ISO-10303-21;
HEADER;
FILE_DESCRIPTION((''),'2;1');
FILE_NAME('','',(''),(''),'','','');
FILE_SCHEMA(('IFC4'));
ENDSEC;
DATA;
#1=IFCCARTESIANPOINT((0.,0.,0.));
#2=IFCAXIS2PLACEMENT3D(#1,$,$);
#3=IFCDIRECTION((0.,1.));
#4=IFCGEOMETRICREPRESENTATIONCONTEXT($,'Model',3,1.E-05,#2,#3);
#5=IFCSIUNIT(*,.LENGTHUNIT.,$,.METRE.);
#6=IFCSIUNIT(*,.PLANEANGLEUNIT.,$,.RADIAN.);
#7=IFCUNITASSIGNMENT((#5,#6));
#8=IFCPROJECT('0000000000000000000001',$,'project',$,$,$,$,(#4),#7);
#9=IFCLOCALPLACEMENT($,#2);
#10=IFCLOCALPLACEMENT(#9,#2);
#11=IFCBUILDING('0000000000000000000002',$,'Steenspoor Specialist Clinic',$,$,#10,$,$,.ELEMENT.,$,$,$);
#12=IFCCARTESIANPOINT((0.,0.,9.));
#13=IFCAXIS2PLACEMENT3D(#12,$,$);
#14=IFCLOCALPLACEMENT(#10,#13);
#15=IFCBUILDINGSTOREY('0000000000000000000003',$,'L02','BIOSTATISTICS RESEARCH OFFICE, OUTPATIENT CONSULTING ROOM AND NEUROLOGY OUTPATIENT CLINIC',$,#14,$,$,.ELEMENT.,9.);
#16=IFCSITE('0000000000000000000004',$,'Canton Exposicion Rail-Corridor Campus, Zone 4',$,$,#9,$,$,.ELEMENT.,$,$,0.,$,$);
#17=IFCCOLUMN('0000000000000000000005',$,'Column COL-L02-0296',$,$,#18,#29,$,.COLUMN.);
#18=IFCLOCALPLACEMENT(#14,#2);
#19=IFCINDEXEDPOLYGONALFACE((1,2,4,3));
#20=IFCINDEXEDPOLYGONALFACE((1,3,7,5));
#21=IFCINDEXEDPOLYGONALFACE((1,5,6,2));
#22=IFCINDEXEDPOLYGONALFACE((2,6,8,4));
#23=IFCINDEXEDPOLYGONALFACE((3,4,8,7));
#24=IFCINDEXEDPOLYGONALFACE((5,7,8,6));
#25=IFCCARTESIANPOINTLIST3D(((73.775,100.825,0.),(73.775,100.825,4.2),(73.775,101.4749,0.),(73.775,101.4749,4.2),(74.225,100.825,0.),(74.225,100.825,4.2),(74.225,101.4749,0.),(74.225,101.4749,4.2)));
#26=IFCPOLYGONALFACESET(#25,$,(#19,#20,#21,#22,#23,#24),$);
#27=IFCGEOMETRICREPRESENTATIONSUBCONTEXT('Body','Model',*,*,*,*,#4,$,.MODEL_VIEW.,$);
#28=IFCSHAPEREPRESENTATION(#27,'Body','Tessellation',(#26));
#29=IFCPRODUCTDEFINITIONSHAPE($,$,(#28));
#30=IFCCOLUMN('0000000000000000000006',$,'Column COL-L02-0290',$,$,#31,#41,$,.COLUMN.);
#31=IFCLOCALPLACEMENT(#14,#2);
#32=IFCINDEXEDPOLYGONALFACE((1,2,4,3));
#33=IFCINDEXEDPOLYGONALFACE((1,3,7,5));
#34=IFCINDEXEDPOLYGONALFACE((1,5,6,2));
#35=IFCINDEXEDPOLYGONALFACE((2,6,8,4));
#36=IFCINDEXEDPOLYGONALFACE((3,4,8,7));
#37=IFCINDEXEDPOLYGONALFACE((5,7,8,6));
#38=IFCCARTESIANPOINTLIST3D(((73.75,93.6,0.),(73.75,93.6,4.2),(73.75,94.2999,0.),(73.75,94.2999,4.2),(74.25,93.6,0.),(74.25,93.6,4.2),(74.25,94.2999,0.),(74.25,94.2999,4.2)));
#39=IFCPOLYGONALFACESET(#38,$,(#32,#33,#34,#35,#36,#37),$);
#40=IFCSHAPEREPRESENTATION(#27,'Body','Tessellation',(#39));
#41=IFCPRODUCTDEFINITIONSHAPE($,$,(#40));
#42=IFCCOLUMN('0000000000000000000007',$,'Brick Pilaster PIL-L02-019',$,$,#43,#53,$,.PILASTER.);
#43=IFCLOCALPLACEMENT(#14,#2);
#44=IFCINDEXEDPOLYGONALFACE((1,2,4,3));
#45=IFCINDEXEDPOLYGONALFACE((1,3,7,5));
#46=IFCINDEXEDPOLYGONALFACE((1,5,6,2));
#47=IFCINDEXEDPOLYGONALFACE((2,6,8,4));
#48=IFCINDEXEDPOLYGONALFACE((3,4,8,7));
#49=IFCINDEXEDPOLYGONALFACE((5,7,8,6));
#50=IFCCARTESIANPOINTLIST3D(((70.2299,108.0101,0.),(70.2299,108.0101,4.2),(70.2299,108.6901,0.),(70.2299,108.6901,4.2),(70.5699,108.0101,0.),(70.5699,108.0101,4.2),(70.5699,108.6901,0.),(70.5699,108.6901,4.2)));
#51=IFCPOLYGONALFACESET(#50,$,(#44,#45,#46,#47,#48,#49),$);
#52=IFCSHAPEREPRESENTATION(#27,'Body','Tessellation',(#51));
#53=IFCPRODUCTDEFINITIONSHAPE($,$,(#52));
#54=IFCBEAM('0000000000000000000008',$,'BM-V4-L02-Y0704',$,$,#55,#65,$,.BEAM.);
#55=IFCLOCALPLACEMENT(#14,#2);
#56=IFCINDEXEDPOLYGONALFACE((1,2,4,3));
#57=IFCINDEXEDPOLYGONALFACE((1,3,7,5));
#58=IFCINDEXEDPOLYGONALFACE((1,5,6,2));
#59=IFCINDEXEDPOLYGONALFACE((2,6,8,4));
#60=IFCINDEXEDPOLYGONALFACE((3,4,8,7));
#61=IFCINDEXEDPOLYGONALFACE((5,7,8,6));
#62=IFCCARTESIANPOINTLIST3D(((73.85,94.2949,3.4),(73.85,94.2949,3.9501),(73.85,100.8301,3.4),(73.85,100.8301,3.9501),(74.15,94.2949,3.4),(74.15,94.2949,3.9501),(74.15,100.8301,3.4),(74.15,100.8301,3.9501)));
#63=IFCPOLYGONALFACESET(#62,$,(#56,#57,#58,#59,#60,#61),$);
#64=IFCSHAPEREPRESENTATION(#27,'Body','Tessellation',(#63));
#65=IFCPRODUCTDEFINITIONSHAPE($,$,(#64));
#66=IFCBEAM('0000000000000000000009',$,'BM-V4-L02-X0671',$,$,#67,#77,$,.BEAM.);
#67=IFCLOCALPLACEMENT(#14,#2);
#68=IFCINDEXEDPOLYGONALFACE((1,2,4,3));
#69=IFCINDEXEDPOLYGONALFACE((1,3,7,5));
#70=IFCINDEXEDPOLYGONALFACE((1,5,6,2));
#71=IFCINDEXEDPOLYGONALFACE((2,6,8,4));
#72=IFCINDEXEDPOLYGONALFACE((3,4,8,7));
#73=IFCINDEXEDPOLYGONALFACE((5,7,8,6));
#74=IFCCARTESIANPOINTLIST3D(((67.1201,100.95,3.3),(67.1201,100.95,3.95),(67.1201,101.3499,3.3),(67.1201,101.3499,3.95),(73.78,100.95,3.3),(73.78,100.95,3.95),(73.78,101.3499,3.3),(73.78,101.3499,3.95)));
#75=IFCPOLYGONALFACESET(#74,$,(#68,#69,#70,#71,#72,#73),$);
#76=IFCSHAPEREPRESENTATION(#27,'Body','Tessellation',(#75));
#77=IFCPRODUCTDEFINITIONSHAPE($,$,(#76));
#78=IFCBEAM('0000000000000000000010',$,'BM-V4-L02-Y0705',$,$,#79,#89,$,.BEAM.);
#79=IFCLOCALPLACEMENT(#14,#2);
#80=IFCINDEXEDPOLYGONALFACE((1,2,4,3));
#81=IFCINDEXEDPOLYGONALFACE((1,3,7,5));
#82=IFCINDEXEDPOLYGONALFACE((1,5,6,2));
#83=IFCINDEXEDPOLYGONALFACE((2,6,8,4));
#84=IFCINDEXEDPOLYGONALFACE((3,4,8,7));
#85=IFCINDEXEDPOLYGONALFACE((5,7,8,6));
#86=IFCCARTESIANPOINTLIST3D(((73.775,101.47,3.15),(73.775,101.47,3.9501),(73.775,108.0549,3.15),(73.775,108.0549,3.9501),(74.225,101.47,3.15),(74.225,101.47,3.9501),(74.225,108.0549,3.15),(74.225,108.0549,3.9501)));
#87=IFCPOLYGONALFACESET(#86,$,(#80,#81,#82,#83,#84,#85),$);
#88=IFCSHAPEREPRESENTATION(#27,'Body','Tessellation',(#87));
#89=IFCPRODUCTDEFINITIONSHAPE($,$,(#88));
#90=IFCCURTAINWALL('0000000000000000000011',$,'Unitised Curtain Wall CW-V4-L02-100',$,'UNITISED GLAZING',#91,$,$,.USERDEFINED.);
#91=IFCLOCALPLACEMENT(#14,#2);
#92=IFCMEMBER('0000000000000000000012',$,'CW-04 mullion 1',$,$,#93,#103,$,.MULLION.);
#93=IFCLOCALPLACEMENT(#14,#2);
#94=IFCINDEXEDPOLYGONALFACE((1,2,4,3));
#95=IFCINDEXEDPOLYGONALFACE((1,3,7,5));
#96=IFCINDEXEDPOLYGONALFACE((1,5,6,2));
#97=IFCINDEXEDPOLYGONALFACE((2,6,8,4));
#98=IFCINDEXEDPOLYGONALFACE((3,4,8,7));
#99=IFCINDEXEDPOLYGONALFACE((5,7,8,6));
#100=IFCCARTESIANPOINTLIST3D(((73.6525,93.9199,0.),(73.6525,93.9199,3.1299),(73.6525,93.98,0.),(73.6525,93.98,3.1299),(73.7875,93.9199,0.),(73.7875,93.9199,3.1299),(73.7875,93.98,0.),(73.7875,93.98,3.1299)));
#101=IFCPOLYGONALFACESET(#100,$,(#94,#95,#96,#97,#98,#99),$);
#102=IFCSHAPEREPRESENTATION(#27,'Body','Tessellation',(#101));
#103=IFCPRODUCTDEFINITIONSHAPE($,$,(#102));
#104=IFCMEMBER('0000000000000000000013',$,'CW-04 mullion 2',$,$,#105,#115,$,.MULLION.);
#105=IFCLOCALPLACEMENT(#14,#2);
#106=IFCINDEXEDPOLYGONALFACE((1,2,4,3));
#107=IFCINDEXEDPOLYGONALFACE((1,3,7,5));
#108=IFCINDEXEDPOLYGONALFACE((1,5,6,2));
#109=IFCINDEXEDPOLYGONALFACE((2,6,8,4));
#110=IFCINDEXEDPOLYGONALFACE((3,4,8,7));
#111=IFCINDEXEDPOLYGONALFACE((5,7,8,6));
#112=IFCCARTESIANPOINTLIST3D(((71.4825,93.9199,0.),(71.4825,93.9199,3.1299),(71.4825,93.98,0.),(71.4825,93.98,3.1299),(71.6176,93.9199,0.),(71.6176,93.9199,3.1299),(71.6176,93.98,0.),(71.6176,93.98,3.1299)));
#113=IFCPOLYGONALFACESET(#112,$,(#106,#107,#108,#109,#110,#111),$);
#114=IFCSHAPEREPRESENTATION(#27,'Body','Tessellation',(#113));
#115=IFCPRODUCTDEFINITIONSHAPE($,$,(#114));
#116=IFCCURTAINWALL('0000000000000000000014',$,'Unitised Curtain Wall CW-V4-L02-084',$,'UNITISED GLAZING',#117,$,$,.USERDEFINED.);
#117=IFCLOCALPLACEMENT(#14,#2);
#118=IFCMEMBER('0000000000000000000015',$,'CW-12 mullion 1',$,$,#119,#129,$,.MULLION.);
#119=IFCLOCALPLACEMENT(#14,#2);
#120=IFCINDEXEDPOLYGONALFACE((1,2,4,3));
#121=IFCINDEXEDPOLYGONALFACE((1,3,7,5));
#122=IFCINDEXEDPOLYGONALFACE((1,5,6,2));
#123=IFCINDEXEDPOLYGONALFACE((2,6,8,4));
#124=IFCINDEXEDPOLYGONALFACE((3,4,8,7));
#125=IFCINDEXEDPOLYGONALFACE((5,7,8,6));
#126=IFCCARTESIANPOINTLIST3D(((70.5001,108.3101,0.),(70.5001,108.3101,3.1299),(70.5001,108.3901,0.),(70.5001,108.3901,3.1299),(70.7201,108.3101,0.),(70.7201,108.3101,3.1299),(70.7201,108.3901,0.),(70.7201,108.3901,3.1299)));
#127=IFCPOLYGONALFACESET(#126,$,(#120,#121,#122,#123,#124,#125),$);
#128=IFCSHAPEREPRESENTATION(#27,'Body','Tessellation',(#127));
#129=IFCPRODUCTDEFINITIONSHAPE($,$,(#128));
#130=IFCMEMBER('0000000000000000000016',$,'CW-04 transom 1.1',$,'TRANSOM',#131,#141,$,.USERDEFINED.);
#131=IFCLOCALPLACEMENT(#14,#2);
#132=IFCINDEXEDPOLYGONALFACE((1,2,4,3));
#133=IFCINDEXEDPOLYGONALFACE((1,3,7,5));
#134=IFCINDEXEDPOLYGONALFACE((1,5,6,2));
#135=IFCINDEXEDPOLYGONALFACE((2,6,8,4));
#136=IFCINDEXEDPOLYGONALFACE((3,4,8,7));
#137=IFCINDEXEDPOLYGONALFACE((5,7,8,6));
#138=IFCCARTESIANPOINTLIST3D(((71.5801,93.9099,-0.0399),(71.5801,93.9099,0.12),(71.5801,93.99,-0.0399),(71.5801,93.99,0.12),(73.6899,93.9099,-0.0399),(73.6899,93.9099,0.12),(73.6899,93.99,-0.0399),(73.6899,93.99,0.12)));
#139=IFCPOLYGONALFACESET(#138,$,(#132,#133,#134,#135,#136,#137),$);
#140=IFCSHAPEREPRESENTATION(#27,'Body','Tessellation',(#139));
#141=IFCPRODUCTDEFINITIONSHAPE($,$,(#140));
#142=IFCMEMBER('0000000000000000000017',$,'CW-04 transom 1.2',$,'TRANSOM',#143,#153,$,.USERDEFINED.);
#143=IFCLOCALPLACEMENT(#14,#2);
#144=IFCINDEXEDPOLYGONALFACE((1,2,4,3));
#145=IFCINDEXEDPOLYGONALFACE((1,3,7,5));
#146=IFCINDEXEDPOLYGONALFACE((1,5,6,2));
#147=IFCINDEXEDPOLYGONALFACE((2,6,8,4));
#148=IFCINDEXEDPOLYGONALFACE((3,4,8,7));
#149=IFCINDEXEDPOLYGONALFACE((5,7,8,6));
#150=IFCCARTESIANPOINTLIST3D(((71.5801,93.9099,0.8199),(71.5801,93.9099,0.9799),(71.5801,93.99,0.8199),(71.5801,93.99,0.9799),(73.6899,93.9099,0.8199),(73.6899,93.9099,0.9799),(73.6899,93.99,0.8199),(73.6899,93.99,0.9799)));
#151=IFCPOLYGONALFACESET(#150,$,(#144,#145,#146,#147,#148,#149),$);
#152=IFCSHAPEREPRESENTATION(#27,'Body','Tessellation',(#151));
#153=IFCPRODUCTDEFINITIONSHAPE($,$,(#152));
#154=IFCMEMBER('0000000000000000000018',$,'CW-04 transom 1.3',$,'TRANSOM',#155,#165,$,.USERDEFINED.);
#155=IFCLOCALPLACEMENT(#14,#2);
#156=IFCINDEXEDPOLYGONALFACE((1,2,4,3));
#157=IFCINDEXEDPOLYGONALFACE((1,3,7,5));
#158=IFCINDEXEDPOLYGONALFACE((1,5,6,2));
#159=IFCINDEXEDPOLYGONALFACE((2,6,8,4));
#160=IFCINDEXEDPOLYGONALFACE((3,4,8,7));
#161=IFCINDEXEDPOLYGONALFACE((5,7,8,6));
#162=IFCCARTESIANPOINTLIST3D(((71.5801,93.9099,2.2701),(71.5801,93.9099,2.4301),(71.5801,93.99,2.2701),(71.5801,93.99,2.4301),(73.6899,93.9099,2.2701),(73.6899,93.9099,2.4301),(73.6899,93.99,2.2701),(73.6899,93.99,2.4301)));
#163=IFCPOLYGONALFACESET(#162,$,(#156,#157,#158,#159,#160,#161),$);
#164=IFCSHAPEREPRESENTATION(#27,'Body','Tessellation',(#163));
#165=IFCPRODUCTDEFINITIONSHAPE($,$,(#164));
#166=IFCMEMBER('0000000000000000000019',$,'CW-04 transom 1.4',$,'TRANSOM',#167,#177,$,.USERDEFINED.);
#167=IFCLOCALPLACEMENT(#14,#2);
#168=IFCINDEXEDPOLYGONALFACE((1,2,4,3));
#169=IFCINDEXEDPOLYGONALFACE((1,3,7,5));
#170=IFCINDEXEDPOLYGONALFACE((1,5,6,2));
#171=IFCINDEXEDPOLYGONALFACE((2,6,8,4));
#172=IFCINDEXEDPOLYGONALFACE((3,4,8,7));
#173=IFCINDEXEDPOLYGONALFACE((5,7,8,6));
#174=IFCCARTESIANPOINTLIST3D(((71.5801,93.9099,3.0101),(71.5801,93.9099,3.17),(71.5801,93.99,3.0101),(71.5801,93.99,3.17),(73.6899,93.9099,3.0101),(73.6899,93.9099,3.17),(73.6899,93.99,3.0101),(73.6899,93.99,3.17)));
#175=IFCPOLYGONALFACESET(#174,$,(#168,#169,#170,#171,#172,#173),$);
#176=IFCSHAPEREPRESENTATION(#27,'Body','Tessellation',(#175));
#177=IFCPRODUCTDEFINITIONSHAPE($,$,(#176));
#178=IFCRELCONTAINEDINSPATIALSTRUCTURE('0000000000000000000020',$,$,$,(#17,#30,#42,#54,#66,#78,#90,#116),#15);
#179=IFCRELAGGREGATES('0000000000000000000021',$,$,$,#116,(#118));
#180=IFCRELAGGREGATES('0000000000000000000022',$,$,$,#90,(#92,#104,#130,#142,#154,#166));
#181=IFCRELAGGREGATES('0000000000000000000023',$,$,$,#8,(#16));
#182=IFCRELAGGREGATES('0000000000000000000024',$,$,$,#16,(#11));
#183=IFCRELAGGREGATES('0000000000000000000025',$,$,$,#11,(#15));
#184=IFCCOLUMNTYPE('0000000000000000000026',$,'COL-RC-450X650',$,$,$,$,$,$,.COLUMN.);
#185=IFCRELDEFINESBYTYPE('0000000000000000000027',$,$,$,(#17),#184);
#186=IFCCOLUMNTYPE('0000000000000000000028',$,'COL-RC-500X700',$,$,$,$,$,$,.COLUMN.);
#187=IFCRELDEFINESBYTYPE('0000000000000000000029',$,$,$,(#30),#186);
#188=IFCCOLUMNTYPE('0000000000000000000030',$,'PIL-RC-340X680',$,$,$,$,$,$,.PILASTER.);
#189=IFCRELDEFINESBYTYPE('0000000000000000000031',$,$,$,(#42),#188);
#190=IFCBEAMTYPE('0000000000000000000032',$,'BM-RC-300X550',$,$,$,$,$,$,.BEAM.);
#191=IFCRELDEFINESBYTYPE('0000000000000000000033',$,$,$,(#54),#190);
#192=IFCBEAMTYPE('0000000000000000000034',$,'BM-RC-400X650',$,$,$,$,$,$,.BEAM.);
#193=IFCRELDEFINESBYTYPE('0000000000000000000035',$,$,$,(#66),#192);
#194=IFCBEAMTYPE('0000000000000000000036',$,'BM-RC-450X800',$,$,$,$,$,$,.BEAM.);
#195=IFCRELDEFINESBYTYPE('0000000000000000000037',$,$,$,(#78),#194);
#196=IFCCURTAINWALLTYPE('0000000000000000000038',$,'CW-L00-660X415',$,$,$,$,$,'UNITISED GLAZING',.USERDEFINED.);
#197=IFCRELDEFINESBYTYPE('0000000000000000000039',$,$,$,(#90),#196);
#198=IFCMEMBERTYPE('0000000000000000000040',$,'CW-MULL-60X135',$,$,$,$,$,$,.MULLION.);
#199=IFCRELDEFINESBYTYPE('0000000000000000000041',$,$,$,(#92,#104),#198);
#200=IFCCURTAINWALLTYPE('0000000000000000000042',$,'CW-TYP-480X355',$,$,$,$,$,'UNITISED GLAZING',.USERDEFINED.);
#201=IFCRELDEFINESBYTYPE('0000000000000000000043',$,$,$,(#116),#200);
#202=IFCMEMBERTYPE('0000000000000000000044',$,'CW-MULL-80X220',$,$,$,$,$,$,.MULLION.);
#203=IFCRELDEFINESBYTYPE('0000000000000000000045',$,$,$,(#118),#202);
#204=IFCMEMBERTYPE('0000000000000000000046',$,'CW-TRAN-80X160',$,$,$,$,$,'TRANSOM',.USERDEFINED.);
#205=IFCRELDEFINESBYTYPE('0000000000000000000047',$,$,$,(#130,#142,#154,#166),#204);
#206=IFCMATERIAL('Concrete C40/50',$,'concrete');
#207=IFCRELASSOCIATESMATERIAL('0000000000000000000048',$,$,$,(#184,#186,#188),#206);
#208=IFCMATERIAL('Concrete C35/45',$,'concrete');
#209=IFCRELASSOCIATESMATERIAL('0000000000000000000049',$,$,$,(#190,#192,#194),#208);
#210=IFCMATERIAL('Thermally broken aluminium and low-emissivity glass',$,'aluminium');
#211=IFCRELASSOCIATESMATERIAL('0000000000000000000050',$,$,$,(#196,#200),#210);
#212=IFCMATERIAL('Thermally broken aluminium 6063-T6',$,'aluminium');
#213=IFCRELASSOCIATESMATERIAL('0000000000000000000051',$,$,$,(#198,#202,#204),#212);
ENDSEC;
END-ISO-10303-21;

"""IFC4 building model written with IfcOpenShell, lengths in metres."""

from ifc_helpers import new_model, si_unit, direction, frame, origin, origin_2d, place, context, subcontext, project, spatial, rectangle, extrude, material, material_profile, profile_set, type_object, element, aggregate, save


model = new_model("IFC4")

# Units and contexts
model_context = context("Model", 3, precision=1e-05, world=origin(), true_north=direction((0.0, 1.0)))
body_context = subcontext(model_context, "Body", "Model", "MODEL_VIEW")
ifc_project = project(units=[si_unit("LENGTHUNIT", "METRE"), si_unit("PLANEANGLEUNIT", "RADIAN")], contexts=[model_context])

# Site, building, storey
site_placement = place(None, origin())
site = spatial("IfcSite", under=ifc_project, at=site_placement, Name="Canton Exposicion Rail-Corridor Campus, Zone 4", CompositionType="ELEMENT", RefElevation=0.0)
building_placement = place(site_placement, origin())
building = spatial("IfcBuilding", under=site, at=building_placement, Name="Steenspoor Specialist Clinic", CompositionType="ELEMENT")
storey_placement = place(building_placement, frame((0.0, 0.0, 9.0)))
storey = spatial("IfcBuildingStorey", under=building, at=storey_placement, Name="L02", Description="BIOSTATISTICS RESEARCH OFFICE, OUTPATIENT CONSULTING ROOM AND NEUROLOGY OUTPATIENT CLINIC", CompositionType="ELEMENT", Elevation=9.0)

# Columns
ifc_material_1 = material(Name="Concrete C40/50", Category="concrete")
ifc_material_profile_1 = material_profile(ifc_material_1, rectangle(XDim=0.45, YDim=0.6499, at=origin_2d()), Name="RC-COL-450X650")
ifc_profile_set_1 = profile_set([ifc_material_profile_1], Name="Concrete C40/50")
column_type_1 = type_object("IfcColumnType", Name="COL-RC-450X650", PredefinedType="COLUMN", material=ifc_profile_set_1)
column_1_placement = place(storey_placement, frame((74.0, 101.1499, 0.0), z_axis=(0.0, 0.0, 1.0), x_axis=(1.0, 0.0, 0.0)))
element("IfcColumn", 1, at=column_1_placement, inside=storey, type_object=column_type_1, Name="Column COL-L02-0296", PredefinedType="COLUMN", context=body_context, shape_type="SweptSolid", body=[
    extrude(rectangle(XDim=0.45, YDim=0.6499, at=origin_2d()), origin(), (0.0, 0.0, 1.0), 4.2),
])
ifc_material_profile_2 = material_profile(ifc_material_1, rectangle(XDim=0.5, YDim=0.7, at=origin_2d()), Name="RC-COL-500X700")
ifc_profile_set_2 = profile_set([ifc_material_profile_2], Name="Concrete C40/50")
column_type_2 = type_object("IfcColumnType", Name="COL-RC-500X700", PredefinedType="COLUMN", material=ifc_profile_set_2)
column_2_placement = place(storey_placement, frame((74.0, 93.95, 0.0), z_axis=(0.0, 0.0, 1.0), x_axis=(1.0, 0.0, 0.0)))
element("IfcColumn", 2, at=column_2_placement, inside=storey, type_object=column_type_2, Name="Column COL-L02-0290", PredefinedType="COLUMN", context=body_context, shape_type="SweptSolid", body=[
    extrude(rectangle(XDim=0.5, YDim=0.7, at=origin_2d()), origin(), (0.0, 0.0, 1.0), 4.2),
])
ifc_material_profile_3 = material_profile(ifc_material_1, rectangle(XDim=0.3401, YDim=0.6799, at=origin_2d()), Name="RC-PIL-340X680")
ifc_profile_set_3 = profile_set([ifc_material_profile_3], Name="Concrete C40/50")
column_type_3 = type_object("IfcColumnType", Name="PIL-RC-340X680", PredefinedType="PILASTER", material=ifc_profile_set_3)
column_3_placement = place(storey_placement, frame((70.3999, 108.3501, 0.0), z_axis=(0.0, 0.0, 1.0), x_axis=(1.0, 0.0, 0.0)))
element("IfcColumn", 3, at=column_3_placement, inside=storey, type_object=column_type_3, Name="Brick Pilaster PIL-L02-019", PredefinedType="PILASTER", context=body_context, shape_type="SweptSolid", body=[
    extrude(rectangle(XDim=0.3401, YDim=0.6799, at=origin_2d()), origin(), (0.0, 0.0, 1.0), 4.2),
])

# Beams
ifc_material_2 = material(Name="Concrete C35/45", Category="concrete")
ifc_material_profile_4 = material_profile(ifc_material_2, rectangle(XDim=0.3, YDim=0.55, at=origin_2d()), Name="RC-BM-300X550")
ifc_profile_set_4 = profile_set([ifc_material_profile_4], Name="Concrete C35/45")
beam_type_1 = type_object("IfcBeamType", Name="BM-RC-300X550", PredefinedType="BEAM", material=ifc_profile_set_4)
beam_1_placement = place(storey_placement, frame((74.0, 94.2949, 3.675), z_axis=(0.0, 1.0, 0.0), x_axis=(-1.0, 0.0, 0.0)))
element("IfcBeam", 4, at=beam_1_placement, inside=storey, type_object=beam_type_1, Name="BM-V4-L02-Y0704", PredefinedType="BEAM", context=body_context, shape_type="SweptSolid", body=[
    extrude(rectangle(XDim=0.3, YDim=0.55, at=origin_2d()), origin(), (0.0, 0.0, 1.0), 6.5352),
])
ifc_material_profile_5 = material_profile(ifc_material_2, rectangle(XDim=0.3999, YDim=0.6499, at=origin_2d()), Name="RC-BM-400X650")
ifc_profile_set_5 = profile_set([ifc_material_profile_5], Name="Concrete C35/45")
beam_type_2 = type_object("IfcBeamType", Name="BM-RC-400X650", PredefinedType="BEAM", material=ifc_profile_set_5)
beam_2_placement = place(storey_placement, frame((67.1201, 101.1499, 3.625), z_axis=(1.0, 0.0, 0.0), x_axis=(0.0, 1.0, 0.0)))
element("IfcBeam", 5, at=beam_2_placement, inside=storey, type_object=beam_type_2, Name="BM-V4-L02-X0671", PredefinedType="BEAM", context=body_context, shape_type="SweptSolid", body=[
    extrude(rectangle(XDim=0.3999, YDim=0.6499, at=origin_2d()), origin(), (0.0, 0.0, 1.0), 6.6599),
])
ifc_material_profile_6 = material_profile(ifc_material_2, rectangle(XDim=0.45, YDim=0.8, at=origin_2d()), Name="RC-BM-450X800")
ifc_profile_set_6 = profile_set([ifc_material_profile_6], Name="Concrete C35/45")
beam_type_3 = type_object("IfcBeamType", Name="BM-RC-450X800", PredefinedType="BEAM", material=ifc_profile_set_6)
beam_3_placement = place(storey_placement, frame((74.0, 101.47, 3.55), z_axis=(0.0, 1.0, 0.0), x_axis=(-1.0, 0.0, 0.0)))
element("IfcBeam", 6, at=beam_3_placement, inside=storey, type_object=beam_type_3, Name="BM-V4-L02-Y0705", PredefinedType="BEAM", context=body_context, shape_type="SweptSolid", body=[
    extrude(rectangle(XDim=0.45, YDim=0.8, at=origin_2d()), origin(), (0.0, 0.0, 1.0), 6.585),
])

# Curtain wall, members
ifc_material_3 = material(Name="Thermally broken aluminium and low-emissivity glass", Category="aluminium")
curtain_wall_type_1 = type_object("IfcCurtainWallType", Name="CW-L00-660X415", ElementType="UNITISED GLAZING", PredefinedType="USERDEFINED", material=ifc_material_3)
curtain_wall_1_placement = place(storey_placement, origin())
curtain_wall_1 = element("IfcCurtainWall", 7, at=curtain_wall_1_placement, inside=storey, type_object=curtain_wall_type_1, Name="Unitised Curtain Wall CW-V4-L02-100", ObjectType="UNITISED GLAZING", PredefinedType="USERDEFINED")
ifc_material_4 = material(Name="Thermally broken aluminium 6063-T6", Category="aluminium")
ifc_material_profile_7 = material_profile(ifc_material_4, rectangle(XDim=0.0601, YDim=0.135, at=origin_2d()), Name="CWM-60X135")
ifc_profile_set_7 = profile_set([ifc_material_profile_7], Name="Thermally broken aluminium 6063-T6")
member_type_1 = type_object("IfcMemberType", Name="CW-MULL-60X135", PredefinedType="MULLION", material=ifc_profile_set_7)
member_1_placement = place(storey_placement, frame((73.72, 93.95, 0.0), z_axis=(0.0, 0.0, 1.0), x_axis=(0.0, -1.0, 0.0)))
member_1 = element("IfcMember", 8, at=member_1_placement, type_object=member_type_1, Name="CW-04 mullion 1", PredefinedType="MULLION", context=body_context, shape_type="SweptSolid", body=[
    extrude(rectangle(XDim=0.0601, YDim=0.135, at=origin_2d()), origin(), (0.0, 0.0, 1.0), 3.1299),
])
member_2_placement = place(storey_placement, frame((71.55, 93.95, 0.0), z_axis=(0.0, 0.0, 1.0), x_axis=(0.0, -1.0, 0.0)))
member_2 = element("IfcMember", 9, at=member_2_placement, type_object=member_type_1, Name="CW-04 mullion 2", PredefinedType="MULLION", context=body_context, shape_type="SweptSolid", body=[
    extrude(rectangle(XDim=0.0601, YDim=0.135, at=origin_2d()), origin(), (0.0, 0.0, 1.0), 3.1299),
])

# Curtain wall, member
curtain_wall_type_2 = type_object("IfcCurtainWallType", Name="CW-TYP-480X355", ElementType="UNITISED GLAZING", PredefinedType="USERDEFINED", material=ifc_material_3)
curtain_wall_2_placement = place(storey_placement, origin())
curtain_wall_2 = element("IfcCurtainWall", 10, at=curtain_wall_2_placement, inside=storey, type_object=curtain_wall_type_2, Name="Unitised Curtain Wall CW-V4-L02-084", ObjectType="UNITISED GLAZING", PredefinedType="USERDEFINED")
ifc_material_profile_8 = material_profile(ifc_material_4, rectangle(XDim=0.0801, YDim=0.22, at=origin_2d()), Name="CWM-80X220")
ifc_profile_set_8 = profile_set([ifc_material_profile_8], Name="Thermally broken aluminium 6063-T6")
member_type_2 = type_object("IfcMemberType", Name="CW-MULL-80X220", PredefinedType="MULLION", material=ifc_profile_set_8)
member_3_placement = place(storey_placement, frame((70.6101, 108.3501, 0.0), z_axis=(0.0, 0.0, 1.0), x_axis=(0.0, 1.0, 0.0)))
member_3 = element("IfcMember", 11, at=member_3_placement, type_object=member_type_2, Name="CW-12 mullion 1", PredefinedType="MULLION", context=body_context, shape_type="SweptSolid", body=[
    extrude(rectangle(XDim=0.0801, YDim=0.22, at=origin_2d()), origin(), (0.0, 0.0, 1.0), 3.1299),
])

# Members
ifc_material_profile_9 = material_profile(ifc_material_4, rectangle(XDim=0.0801, YDim=0.1599, at=origin_2d()), Name="CWT-80X160")
ifc_profile_set_9 = profile_set([ifc_material_profile_9], Name="Thermally broken aluminium 6063-T6")
member_type_3 = type_object("IfcMemberType", Name="CW-TRAN-80X160", ElementType="TRANSOM", PredefinedType="USERDEFINED", material=ifc_profile_set_9)
member_4_placement = place(storey_placement, frame((73.6899, 93.95, 0.04), z_axis=(-1.0, 0.0, 0.0), x_axis=(0.0, -1.0, 0.0)))
member_4 = element("IfcMember", 12, at=member_4_placement, type_object=member_type_3, Name="CW-04 transom 1.1", ObjectType="TRANSOM", PredefinedType="USERDEFINED", context=body_context, shape_type="SweptSolid", body=[
    extrude(rectangle(XDim=0.0801, YDim=0.1599, at=origin_2d()), origin(), (0.0, 0.0, 1.0), 2.1099),
])
member_5_placement = place(storey_placement, frame((73.6899, 93.95, 0.8999), z_axis=(-1.0, 0.0, 0.0), x_axis=(0.0, -1.0, 0.0)))
member_5 = element("IfcMember", 13, at=member_5_placement, type_object=member_type_3, Name="CW-04 transom 1.2", ObjectType="TRANSOM", PredefinedType="USERDEFINED", context=body_context, shape_type="SweptSolid", body=[
    extrude(rectangle(XDim=0.0801, YDim=0.1599, at=origin_2d()), origin(), (0.0, 0.0, 1.0), 2.1099),
])
member_6_placement = place(storey_placement, frame((73.6899, 93.95, 2.3501), z_axis=(-1.0, 0.0, 0.0), x_axis=(0.0, -1.0, 0.0)))
member_6 = element("IfcMember", 14, at=member_6_placement, type_object=member_type_3, Name="CW-04 transom 1.3", ObjectType="TRANSOM", PredefinedType="USERDEFINED", context=body_context, shape_type="SweptSolid", body=[
    extrude(rectangle(XDim=0.0801, YDim=0.1599, at=origin_2d()), origin(), (0.0, 0.0, 1.0), 2.1099),
])
member_7_placement = place(storey_placement, frame((73.6899, 93.95, 3.0901), z_axis=(-1.0, 0.0, 0.0), x_axis=(0.0, -1.0, 0.0)))
member_7 = element("IfcMember", 15, at=member_7_placement, type_object=member_type_3, Name="CW-04 transom 1.4", ObjectType="TRANSOM", PredefinedType="USERDEFINED", context=body_context, shape_type="SweptSolid", body=[
    extrude(rectangle(XDim=0.0801, YDim=0.1599, at=origin_2d()), origin(), (0.0, 0.0, 1.0), 2.1099),
])
aggregate(curtain_wall_2, [member_3])

aggregate(curtain_wall_1, [member_1, member_2, member_4, member_5, member_6, member_7])

save(model, "model.ifc")
